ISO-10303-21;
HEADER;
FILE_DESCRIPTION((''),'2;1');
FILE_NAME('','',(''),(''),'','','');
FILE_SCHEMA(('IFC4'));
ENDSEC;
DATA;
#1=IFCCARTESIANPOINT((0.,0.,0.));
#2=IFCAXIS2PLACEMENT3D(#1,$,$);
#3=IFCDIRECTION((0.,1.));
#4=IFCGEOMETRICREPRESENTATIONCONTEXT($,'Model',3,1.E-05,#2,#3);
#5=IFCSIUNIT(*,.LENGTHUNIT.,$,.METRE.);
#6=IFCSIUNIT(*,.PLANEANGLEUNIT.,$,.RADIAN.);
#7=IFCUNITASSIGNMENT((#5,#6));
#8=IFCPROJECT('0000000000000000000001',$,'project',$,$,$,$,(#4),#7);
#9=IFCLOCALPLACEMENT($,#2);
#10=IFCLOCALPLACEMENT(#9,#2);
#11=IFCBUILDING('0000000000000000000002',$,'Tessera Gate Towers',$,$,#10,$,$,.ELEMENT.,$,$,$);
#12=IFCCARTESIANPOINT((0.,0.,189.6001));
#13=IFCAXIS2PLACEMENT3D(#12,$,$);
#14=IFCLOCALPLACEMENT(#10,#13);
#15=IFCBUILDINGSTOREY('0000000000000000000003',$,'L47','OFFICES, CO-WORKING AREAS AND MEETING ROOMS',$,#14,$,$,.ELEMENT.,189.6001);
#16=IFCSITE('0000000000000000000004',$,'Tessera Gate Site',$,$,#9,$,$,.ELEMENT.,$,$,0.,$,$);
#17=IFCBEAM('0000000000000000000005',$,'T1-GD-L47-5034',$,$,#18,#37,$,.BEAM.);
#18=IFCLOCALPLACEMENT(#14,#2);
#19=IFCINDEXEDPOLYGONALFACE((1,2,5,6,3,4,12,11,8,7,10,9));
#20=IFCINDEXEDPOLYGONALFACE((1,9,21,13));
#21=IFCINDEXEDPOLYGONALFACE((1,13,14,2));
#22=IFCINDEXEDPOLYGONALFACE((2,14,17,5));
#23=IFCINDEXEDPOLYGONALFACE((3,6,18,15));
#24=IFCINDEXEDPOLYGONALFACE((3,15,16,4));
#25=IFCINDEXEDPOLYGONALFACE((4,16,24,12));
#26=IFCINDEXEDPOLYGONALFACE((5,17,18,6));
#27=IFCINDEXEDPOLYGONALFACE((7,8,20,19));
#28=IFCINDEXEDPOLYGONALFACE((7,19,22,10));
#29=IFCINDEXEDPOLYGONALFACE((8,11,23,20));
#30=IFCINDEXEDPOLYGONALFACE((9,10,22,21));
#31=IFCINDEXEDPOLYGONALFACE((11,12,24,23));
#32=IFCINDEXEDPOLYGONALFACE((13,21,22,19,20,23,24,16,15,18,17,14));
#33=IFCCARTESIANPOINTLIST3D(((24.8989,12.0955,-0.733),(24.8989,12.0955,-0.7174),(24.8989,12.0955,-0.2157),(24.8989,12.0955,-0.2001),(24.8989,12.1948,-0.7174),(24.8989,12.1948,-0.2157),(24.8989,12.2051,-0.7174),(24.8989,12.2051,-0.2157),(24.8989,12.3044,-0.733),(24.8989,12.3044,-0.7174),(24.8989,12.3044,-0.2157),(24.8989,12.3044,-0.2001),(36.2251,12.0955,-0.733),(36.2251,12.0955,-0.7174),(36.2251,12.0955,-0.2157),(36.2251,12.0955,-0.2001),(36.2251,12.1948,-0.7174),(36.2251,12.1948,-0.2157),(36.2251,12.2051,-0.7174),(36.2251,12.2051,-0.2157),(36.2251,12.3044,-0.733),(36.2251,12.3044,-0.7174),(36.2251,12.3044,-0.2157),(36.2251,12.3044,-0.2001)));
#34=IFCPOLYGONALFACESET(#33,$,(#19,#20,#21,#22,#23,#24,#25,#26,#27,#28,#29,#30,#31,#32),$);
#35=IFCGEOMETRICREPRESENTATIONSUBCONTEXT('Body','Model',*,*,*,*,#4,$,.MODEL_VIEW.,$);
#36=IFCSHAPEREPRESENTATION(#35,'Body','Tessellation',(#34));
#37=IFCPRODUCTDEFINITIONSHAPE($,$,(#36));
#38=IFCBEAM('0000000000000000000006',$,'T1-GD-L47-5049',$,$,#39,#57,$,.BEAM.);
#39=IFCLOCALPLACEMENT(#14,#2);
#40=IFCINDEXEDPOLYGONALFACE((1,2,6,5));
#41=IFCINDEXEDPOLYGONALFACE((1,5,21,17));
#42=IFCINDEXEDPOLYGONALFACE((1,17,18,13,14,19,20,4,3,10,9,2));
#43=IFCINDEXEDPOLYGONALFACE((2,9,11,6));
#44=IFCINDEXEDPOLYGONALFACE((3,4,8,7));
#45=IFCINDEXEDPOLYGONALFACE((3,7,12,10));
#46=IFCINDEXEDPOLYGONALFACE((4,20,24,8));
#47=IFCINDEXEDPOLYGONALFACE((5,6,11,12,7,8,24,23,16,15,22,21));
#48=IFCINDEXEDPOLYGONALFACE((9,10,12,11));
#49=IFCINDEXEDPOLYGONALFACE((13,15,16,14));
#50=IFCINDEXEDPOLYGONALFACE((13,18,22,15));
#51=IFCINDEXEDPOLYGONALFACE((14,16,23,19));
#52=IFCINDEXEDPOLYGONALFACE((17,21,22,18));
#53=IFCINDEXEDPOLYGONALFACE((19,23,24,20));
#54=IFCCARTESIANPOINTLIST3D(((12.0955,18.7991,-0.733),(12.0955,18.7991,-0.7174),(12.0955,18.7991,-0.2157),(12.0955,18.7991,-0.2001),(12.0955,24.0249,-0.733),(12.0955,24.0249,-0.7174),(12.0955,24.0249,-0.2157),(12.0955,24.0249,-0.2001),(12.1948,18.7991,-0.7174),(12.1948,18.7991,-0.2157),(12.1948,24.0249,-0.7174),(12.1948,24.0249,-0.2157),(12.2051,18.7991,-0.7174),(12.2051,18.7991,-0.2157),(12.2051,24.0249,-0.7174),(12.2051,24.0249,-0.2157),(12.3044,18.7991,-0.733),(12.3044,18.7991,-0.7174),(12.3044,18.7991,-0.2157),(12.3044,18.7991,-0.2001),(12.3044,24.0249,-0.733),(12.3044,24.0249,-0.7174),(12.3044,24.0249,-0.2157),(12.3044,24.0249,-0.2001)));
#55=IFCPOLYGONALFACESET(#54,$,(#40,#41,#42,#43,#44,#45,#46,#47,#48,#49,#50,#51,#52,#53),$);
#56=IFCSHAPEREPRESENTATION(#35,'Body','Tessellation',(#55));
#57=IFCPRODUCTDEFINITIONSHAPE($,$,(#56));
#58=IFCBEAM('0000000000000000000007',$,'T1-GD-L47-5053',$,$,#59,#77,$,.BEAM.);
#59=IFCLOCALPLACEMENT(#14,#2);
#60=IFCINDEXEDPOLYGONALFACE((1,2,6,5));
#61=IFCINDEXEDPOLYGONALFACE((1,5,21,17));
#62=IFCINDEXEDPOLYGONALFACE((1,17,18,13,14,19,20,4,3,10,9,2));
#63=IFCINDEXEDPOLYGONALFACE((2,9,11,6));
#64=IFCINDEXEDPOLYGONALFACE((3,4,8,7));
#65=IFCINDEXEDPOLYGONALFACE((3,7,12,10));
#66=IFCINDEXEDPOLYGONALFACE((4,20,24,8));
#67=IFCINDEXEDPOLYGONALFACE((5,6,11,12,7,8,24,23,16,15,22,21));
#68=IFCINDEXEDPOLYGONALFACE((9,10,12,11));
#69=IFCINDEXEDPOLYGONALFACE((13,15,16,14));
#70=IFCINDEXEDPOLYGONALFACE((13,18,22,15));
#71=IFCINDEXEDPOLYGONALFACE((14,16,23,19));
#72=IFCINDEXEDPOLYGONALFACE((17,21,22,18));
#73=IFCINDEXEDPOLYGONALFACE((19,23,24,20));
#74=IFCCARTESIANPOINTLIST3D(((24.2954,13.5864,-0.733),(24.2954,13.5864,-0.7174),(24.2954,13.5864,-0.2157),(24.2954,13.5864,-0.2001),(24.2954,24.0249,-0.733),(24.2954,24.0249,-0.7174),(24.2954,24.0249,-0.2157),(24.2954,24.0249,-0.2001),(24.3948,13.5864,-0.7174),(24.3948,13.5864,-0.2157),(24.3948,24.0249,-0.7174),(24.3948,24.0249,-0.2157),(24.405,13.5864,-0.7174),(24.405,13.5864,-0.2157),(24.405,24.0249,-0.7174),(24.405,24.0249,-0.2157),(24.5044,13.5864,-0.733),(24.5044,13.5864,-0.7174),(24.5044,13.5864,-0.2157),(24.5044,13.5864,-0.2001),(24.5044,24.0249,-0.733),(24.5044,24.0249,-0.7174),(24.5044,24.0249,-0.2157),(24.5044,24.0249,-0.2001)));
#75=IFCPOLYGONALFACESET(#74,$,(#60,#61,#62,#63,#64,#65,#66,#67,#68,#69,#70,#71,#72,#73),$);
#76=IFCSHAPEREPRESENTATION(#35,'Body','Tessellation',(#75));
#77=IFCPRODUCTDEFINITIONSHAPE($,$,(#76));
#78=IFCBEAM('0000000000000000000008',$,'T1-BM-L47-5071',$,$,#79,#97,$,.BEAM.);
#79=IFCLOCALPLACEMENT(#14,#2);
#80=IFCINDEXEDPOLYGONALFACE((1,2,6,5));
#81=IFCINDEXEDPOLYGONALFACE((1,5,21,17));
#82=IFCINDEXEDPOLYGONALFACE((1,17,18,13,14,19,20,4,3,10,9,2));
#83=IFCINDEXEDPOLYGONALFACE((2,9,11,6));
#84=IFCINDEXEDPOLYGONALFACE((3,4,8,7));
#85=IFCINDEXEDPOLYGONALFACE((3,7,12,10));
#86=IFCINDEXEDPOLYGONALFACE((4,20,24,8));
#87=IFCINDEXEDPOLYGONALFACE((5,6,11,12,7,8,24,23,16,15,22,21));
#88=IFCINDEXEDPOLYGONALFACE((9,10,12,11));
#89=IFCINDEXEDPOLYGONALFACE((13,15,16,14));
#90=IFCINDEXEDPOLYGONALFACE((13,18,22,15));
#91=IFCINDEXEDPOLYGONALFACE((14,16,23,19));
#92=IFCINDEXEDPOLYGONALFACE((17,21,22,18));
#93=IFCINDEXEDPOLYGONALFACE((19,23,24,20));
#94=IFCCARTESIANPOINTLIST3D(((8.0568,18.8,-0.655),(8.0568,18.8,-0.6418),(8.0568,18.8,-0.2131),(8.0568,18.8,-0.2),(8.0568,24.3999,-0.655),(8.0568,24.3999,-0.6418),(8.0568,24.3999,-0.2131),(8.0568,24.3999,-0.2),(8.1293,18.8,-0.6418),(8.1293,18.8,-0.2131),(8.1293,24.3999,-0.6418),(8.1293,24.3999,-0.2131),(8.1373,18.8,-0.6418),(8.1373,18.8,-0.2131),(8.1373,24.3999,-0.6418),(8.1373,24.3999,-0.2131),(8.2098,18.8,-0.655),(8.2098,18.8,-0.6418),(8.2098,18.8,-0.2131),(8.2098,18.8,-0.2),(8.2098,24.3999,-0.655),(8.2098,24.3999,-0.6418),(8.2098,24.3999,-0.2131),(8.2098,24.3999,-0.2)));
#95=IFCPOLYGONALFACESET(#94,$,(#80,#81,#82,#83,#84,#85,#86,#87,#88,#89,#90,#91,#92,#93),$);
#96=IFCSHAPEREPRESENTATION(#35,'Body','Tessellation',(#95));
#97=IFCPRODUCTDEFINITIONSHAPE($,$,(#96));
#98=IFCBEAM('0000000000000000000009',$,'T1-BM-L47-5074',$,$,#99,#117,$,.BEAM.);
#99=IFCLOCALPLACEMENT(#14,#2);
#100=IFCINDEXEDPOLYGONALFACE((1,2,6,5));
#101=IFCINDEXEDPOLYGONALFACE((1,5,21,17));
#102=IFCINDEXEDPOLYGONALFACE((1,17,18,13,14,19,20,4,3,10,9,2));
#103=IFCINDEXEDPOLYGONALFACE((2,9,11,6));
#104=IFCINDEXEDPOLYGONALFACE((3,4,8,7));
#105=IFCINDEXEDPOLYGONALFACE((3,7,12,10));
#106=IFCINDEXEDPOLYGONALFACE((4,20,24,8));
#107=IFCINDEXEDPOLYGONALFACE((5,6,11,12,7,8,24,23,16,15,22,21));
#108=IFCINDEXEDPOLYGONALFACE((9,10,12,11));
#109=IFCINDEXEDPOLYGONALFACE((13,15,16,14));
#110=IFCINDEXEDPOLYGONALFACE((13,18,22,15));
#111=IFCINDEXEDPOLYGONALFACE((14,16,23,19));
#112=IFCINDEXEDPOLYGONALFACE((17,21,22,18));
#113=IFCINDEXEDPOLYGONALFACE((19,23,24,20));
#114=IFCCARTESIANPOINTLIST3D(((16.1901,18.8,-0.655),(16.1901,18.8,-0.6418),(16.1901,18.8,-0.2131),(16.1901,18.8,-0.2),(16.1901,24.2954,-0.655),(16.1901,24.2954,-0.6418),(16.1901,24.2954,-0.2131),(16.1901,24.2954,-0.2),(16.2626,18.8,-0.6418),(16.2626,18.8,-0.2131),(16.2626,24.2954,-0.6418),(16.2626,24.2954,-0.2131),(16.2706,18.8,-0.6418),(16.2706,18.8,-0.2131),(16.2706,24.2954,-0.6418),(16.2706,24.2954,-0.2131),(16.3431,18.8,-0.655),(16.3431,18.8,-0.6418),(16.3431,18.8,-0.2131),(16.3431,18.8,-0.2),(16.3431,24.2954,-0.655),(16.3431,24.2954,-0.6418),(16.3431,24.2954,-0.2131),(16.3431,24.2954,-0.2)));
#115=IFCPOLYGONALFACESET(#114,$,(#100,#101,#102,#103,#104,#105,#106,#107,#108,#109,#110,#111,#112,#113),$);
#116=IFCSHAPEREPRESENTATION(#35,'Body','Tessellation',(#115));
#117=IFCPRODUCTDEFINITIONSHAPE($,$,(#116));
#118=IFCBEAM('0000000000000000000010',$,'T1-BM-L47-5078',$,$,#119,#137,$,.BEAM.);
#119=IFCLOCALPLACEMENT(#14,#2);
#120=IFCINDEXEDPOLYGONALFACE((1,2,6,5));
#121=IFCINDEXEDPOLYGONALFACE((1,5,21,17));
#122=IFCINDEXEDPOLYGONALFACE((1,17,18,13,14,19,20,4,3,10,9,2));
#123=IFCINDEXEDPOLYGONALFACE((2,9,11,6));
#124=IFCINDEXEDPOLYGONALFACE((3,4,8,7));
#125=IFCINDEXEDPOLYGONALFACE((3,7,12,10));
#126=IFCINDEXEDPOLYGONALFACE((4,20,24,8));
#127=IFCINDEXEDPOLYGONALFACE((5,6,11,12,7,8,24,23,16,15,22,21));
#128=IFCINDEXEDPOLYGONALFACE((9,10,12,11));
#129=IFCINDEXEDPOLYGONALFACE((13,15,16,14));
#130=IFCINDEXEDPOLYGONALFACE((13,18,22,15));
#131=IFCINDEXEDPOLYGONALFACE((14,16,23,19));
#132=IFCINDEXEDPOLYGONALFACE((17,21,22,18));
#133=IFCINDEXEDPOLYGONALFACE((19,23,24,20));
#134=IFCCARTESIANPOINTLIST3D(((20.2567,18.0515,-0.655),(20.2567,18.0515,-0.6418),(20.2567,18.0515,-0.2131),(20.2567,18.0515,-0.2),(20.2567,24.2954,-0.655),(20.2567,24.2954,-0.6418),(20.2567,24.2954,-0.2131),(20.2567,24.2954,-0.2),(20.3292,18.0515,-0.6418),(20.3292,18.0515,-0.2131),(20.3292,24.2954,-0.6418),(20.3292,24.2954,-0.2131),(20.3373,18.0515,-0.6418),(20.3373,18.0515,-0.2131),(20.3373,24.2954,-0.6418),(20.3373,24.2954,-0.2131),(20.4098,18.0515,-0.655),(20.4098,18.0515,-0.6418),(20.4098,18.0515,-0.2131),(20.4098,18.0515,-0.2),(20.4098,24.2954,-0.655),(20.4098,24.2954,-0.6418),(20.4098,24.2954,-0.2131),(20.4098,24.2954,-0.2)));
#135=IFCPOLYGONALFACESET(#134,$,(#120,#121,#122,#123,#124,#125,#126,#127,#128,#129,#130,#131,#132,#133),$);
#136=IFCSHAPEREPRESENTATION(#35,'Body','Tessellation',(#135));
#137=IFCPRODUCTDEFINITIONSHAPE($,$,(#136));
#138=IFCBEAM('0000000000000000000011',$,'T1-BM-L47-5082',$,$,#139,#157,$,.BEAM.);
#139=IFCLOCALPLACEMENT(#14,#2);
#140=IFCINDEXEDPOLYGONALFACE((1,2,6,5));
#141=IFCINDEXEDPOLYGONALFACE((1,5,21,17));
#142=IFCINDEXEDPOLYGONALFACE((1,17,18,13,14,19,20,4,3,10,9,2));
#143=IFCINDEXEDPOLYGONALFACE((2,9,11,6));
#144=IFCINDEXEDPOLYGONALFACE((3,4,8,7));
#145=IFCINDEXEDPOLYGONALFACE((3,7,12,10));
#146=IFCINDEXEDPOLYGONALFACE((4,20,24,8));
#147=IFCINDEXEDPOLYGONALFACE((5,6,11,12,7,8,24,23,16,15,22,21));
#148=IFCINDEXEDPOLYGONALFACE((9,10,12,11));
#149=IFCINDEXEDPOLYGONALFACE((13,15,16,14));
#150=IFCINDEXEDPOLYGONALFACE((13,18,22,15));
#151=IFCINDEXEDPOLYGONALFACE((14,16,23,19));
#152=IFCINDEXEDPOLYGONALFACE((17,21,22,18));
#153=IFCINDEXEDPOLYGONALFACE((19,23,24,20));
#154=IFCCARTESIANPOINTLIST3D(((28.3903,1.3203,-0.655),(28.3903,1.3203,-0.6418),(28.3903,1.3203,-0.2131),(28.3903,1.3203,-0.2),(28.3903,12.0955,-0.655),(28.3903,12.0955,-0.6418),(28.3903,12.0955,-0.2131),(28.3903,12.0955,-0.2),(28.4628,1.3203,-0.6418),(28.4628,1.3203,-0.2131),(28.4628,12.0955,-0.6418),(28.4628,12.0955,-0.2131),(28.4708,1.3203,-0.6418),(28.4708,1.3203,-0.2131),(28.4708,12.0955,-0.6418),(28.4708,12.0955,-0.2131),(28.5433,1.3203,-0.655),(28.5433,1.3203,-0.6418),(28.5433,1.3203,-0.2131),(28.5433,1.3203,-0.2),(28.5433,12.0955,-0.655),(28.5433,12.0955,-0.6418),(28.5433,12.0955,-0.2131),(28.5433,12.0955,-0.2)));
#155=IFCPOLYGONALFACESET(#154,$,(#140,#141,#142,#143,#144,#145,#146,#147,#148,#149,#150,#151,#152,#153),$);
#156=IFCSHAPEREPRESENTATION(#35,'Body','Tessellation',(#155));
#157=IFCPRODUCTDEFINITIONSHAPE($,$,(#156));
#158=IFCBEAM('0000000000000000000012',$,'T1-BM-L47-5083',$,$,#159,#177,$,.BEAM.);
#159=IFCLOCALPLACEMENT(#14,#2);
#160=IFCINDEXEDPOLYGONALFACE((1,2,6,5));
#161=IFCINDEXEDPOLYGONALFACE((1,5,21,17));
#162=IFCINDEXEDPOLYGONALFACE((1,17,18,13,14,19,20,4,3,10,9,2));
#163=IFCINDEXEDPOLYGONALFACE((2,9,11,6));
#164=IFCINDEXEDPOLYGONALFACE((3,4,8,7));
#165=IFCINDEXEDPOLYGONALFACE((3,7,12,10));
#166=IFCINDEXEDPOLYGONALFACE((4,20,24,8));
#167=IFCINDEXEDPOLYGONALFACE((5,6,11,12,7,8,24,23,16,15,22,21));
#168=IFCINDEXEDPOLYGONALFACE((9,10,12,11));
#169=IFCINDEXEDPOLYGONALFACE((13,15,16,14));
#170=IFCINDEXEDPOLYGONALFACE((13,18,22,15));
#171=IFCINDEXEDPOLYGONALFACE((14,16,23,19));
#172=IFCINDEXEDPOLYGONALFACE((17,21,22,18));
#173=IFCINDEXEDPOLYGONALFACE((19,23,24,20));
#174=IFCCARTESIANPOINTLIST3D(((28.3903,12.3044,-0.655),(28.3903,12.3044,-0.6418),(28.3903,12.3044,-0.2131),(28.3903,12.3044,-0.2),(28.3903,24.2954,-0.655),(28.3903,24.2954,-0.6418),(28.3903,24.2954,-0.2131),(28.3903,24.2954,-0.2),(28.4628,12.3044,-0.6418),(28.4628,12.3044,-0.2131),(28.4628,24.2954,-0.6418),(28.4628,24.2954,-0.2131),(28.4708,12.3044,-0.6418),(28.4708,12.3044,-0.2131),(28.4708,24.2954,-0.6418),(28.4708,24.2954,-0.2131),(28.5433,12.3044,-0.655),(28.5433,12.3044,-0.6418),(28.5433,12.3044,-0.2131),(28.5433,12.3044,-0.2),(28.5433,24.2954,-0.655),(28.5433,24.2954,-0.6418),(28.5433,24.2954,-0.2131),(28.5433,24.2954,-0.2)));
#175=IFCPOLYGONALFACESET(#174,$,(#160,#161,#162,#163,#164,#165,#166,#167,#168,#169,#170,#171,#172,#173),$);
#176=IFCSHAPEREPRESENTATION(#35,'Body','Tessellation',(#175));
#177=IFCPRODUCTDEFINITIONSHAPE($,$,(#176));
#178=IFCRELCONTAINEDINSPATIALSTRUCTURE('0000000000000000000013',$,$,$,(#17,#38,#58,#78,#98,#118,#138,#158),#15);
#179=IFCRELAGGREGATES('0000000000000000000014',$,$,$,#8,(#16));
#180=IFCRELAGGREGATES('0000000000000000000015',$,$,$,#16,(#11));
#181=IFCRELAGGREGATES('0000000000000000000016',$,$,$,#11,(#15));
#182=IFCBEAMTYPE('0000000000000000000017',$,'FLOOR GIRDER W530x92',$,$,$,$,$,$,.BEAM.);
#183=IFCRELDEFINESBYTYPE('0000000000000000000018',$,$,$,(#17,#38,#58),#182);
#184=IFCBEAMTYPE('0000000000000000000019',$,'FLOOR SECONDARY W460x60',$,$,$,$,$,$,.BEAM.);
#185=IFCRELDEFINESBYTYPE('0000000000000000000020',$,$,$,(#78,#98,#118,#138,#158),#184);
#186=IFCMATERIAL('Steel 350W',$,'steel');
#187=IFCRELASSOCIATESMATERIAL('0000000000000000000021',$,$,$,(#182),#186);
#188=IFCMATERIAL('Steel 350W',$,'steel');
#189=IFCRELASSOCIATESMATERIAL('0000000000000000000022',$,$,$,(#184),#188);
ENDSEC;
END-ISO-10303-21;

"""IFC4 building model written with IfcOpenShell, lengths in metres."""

from ifc_helpers import new_model, si_unit, direction, frame, origin, origin_2d, place, context, subcontext, project, spatial, i_section, extrude, material, material_profile, profile_set, type_object, element, save


model = new_model("IFC4")

# Units and contexts
model_context = context("Model", 3, precision=1e-05, world=origin(), true_north=direction((0.0, 1.0)))
body_context = subcontext(model_context, "Body", "Model", "MODEL_VIEW")
ifc_project = project(units=[si_unit("LENGTHUNIT", "METRE"), si_unit("PLANEANGLEUNIT", "RADIAN")], contexts=[model_context])

# Site, building, storey
site_placement = place(None, origin())
site = spatial("IfcSite", under=ifc_project, at=site_placement, Name="Tessera Gate Site", CompositionType="ELEMENT", RefElevation=0.0)
building_placement = place(site_placement, origin())
building = spatial("IfcBuilding", under=site, at=building_placement, Name="Tessera Gate Towers", CompositionType="ELEMENT")
storey_placement = place(building_placement, frame((0.0, 0.0, 189.6001)))
storey = spatial("IfcBuildingStorey", under=building, at=storey_placement, Name="L47", Description="OFFICES, CO-WORKING AREAS AND MEETING ROOMS", CompositionType="ELEMENT", Elevation=189.6001)

# Beams
ifc_material_1 = material(Name="Steel 350W", Category="steel")
ifc_material_profile_1 = material_profile(ifc_material_1, i_section(OverallWidth=0.209, OverallDepth=0.533, WebThickness=0.0103, FlangeThickness=0.0156, at=origin_2d()), Name="W530x92")
ifc_profile_set_1 = profile_set([ifc_material_profile_1], Name="Steel 350W")
beam_type_1 = type_object("IfcBeamType", Name="FLOOR GIRDER W530x92", PredefinedType="BEAM", material=ifc_profile_set_1)
beam_1_placement = place(storey_placement, frame((24.8989, 12.2, -0.4666), z_axis=(1.0, 0.0, 0.0), x_axis=(0.0, 1.0, 0.0)))
element("IfcBeam", 1, at=beam_1_placement, inside=storey, type_object=beam_type_1, Name="T1-GD-L47-5034", PredefinedType="BEAM", context=body_context, shape_type="SweptSolid", body=[
    extrude(i_section(OverallWidth=0.209, OverallDepth=0.533, WebThickness=0.0103, FlangeThickness=0.0156, at=origin_2d()), origin(), (0.0, 0.0, 1.0), 11.3262),
])
beam_2_placement = place(storey_placement, frame((12.2, 18.7991, -0.4666), z_axis=(0.0, 1.0, 0.0), x_axis=(-1.0, 0.0, 0.0)))
element("IfcBeam", 2, at=beam_2_placement, inside=storey, type_object=beam_type_1, Name="T1-GD-L47-5049", PredefinedType="BEAM", context=body_context, shape_type="SweptSolid", body=[
    extrude(i_section(OverallWidth=0.209, OverallDepth=0.533, WebThickness=0.0103, FlangeThickness=0.0156, at=origin_2d()), origin(), (0.0, 0.0, 1.0), 5.2258),
])
beam_3_placement = place(storey_placement, frame((24.3999, 13.5864, -0.4666), z_axis=(0.0, 1.0, 0.0), x_axis=(-1.0, 0.0, 0.0)))
element("IfcBeam", 3, at=beam_3_placement, inside=storey, type_object=beam_type_1, Name="T1-GD-L47-5053", PredefinedType="BEAM", context=body_context, shape_type="SweptSolid", body=[
    extrude(i_section(OverallWidth=0.209, OverallDepth=0.533, WebThickness=0.0103, FlangeThickness=0.0156, at=origin_2d()), origin(), (0.0, 0.0, 1.0), 10.4385),
])
ifc_material_2 = material(Name="Steel 350W", Category="steel")
ifc_material_profile_2 = material_profile(ifc_material_2, i_section(OverallWidth=0.1531, OverallDepth=0.4551, WebThickness=0.0081, FlangeThickness=0.0132, at=origin_2d()), Name="W460x60")
ifc_profile_set_2 = profile_set([ifc_material_profile_2], Name="Steel 350W")
beam_type_2 = type_object("IfcBeamType", Name="FLOOR SECONDARY W460x60", PredefinedType="BEAM", material=ifc_profile_set_2)
beam_4_placement = place(storey_placement, frame((8.1333, 18.8, -0.4275), z_axis=(0.0, 1.0, 0.0), x_axis=(-1.0, 0.0, 0.0)))
element("IfcBeam", 4, at=beam_4_placement, inside=storey, type_object=beam_type_2, Name="T1-BM-L47-5071", PredefinedType="BEAM", context=body_context, shape_type="SweptSolid", body=[
    extrude(i_section(OverallWidth=0.1531, OverallDepth=0.4551, WebThickness=0.0081, FlangeThickness=0.0132, at=origin_2d()), origin(), (0.0, 0.0, 1.0), 5.5999),
])
beam_5_placement = place(storey_placement, frame((16.2666, 18.8, -0.4275), z_axis=(0.0, 1.0, 0.0), x_axis=(-1.0, 0.0, 0.0)))
element("IfcBeam", 5, at=beam_5_placement, inside=storey, type_object=beam_type_2, Name="T1-BM-L47-5074", PredefinedType="BEAM", context=body_context, shape_type="SweptSolid", body=[
    extrude(i_section(OverallWidth=0.1531, OverallDepth=0.4551, WebThickness=0.0081, FlangeThickness=0.0132, at=origin_2d()), origin(), (0.0, 0.0, 1.0), 5.4954),
])
beam_6_placement = place(storey_placement, frame((20.3333, 18.0515, -0.4275), z_axis=(0.0, 1.0, 0.0), x_axis=(-1.0, 0.0, 0.0)))
element("IfcBeam", 6, at=beam_6_placement, inside=storey, type_object=beam_type_2, Name="T1-BM-L47-5078", PredefinedType="BEAM", context=body_context, shape_type="SweptSolid", body=[
    extrude(i_section(OverallWidth=0.1531, OverallDepth=0.4551, WebThickness=0.0081, FlangeThickness=0.0132, at=origin_2d()), origin(), (0.0, 0.0, 1.0), 6.2439),
])
beam_7_placement = place(storey_placement, frame((28.4668, 1.3203, -0.4275), z_axis=(0.0, 1.0, 0.0), x_axis=(-1.0, 0.0, 0.0)))
element("IfcBeam", 7, at=beam_7_placement, inside=storey, type_object=beam_type_2, Name="T1-BM-L47-5082", PredefinedType="BEAM", context=body_context, shape_type="SweptSolid", body=[
    extrude(i_section(OverallWidth=0.1531, OverallDepth=0.4551, WebThickness=0.0081, FlangeThickness=0.0132, at=origin_2d()), origin(), (0.0, 0.0, 1.0), 10.7751),
])
beam_8_placement = place(storey_placement, frame((28.4668, 12.3044, -0.4275), z_axis=(0.0, 1.0, 0.0), x_axis=(-1.0, 0.0, 0.0)))
element("IfcBeam", 8, at=beam_8_placement, inside=storey, type_object=beam_type_2, Name="T1-BM-L47-5083", PredefinedType="BEAM", context=body_context, shape_type="SweptSolid", body=[
    extrude(i_section(OverallWidth=0.1531, OverallDepth=0.4551, WebThickness=0.0081, FlangeThickness=0.0132, at=origin_2d()), origin(), (0.0, 0.0, 1.0), 11.991),
])

save(model, "model.ifc")
